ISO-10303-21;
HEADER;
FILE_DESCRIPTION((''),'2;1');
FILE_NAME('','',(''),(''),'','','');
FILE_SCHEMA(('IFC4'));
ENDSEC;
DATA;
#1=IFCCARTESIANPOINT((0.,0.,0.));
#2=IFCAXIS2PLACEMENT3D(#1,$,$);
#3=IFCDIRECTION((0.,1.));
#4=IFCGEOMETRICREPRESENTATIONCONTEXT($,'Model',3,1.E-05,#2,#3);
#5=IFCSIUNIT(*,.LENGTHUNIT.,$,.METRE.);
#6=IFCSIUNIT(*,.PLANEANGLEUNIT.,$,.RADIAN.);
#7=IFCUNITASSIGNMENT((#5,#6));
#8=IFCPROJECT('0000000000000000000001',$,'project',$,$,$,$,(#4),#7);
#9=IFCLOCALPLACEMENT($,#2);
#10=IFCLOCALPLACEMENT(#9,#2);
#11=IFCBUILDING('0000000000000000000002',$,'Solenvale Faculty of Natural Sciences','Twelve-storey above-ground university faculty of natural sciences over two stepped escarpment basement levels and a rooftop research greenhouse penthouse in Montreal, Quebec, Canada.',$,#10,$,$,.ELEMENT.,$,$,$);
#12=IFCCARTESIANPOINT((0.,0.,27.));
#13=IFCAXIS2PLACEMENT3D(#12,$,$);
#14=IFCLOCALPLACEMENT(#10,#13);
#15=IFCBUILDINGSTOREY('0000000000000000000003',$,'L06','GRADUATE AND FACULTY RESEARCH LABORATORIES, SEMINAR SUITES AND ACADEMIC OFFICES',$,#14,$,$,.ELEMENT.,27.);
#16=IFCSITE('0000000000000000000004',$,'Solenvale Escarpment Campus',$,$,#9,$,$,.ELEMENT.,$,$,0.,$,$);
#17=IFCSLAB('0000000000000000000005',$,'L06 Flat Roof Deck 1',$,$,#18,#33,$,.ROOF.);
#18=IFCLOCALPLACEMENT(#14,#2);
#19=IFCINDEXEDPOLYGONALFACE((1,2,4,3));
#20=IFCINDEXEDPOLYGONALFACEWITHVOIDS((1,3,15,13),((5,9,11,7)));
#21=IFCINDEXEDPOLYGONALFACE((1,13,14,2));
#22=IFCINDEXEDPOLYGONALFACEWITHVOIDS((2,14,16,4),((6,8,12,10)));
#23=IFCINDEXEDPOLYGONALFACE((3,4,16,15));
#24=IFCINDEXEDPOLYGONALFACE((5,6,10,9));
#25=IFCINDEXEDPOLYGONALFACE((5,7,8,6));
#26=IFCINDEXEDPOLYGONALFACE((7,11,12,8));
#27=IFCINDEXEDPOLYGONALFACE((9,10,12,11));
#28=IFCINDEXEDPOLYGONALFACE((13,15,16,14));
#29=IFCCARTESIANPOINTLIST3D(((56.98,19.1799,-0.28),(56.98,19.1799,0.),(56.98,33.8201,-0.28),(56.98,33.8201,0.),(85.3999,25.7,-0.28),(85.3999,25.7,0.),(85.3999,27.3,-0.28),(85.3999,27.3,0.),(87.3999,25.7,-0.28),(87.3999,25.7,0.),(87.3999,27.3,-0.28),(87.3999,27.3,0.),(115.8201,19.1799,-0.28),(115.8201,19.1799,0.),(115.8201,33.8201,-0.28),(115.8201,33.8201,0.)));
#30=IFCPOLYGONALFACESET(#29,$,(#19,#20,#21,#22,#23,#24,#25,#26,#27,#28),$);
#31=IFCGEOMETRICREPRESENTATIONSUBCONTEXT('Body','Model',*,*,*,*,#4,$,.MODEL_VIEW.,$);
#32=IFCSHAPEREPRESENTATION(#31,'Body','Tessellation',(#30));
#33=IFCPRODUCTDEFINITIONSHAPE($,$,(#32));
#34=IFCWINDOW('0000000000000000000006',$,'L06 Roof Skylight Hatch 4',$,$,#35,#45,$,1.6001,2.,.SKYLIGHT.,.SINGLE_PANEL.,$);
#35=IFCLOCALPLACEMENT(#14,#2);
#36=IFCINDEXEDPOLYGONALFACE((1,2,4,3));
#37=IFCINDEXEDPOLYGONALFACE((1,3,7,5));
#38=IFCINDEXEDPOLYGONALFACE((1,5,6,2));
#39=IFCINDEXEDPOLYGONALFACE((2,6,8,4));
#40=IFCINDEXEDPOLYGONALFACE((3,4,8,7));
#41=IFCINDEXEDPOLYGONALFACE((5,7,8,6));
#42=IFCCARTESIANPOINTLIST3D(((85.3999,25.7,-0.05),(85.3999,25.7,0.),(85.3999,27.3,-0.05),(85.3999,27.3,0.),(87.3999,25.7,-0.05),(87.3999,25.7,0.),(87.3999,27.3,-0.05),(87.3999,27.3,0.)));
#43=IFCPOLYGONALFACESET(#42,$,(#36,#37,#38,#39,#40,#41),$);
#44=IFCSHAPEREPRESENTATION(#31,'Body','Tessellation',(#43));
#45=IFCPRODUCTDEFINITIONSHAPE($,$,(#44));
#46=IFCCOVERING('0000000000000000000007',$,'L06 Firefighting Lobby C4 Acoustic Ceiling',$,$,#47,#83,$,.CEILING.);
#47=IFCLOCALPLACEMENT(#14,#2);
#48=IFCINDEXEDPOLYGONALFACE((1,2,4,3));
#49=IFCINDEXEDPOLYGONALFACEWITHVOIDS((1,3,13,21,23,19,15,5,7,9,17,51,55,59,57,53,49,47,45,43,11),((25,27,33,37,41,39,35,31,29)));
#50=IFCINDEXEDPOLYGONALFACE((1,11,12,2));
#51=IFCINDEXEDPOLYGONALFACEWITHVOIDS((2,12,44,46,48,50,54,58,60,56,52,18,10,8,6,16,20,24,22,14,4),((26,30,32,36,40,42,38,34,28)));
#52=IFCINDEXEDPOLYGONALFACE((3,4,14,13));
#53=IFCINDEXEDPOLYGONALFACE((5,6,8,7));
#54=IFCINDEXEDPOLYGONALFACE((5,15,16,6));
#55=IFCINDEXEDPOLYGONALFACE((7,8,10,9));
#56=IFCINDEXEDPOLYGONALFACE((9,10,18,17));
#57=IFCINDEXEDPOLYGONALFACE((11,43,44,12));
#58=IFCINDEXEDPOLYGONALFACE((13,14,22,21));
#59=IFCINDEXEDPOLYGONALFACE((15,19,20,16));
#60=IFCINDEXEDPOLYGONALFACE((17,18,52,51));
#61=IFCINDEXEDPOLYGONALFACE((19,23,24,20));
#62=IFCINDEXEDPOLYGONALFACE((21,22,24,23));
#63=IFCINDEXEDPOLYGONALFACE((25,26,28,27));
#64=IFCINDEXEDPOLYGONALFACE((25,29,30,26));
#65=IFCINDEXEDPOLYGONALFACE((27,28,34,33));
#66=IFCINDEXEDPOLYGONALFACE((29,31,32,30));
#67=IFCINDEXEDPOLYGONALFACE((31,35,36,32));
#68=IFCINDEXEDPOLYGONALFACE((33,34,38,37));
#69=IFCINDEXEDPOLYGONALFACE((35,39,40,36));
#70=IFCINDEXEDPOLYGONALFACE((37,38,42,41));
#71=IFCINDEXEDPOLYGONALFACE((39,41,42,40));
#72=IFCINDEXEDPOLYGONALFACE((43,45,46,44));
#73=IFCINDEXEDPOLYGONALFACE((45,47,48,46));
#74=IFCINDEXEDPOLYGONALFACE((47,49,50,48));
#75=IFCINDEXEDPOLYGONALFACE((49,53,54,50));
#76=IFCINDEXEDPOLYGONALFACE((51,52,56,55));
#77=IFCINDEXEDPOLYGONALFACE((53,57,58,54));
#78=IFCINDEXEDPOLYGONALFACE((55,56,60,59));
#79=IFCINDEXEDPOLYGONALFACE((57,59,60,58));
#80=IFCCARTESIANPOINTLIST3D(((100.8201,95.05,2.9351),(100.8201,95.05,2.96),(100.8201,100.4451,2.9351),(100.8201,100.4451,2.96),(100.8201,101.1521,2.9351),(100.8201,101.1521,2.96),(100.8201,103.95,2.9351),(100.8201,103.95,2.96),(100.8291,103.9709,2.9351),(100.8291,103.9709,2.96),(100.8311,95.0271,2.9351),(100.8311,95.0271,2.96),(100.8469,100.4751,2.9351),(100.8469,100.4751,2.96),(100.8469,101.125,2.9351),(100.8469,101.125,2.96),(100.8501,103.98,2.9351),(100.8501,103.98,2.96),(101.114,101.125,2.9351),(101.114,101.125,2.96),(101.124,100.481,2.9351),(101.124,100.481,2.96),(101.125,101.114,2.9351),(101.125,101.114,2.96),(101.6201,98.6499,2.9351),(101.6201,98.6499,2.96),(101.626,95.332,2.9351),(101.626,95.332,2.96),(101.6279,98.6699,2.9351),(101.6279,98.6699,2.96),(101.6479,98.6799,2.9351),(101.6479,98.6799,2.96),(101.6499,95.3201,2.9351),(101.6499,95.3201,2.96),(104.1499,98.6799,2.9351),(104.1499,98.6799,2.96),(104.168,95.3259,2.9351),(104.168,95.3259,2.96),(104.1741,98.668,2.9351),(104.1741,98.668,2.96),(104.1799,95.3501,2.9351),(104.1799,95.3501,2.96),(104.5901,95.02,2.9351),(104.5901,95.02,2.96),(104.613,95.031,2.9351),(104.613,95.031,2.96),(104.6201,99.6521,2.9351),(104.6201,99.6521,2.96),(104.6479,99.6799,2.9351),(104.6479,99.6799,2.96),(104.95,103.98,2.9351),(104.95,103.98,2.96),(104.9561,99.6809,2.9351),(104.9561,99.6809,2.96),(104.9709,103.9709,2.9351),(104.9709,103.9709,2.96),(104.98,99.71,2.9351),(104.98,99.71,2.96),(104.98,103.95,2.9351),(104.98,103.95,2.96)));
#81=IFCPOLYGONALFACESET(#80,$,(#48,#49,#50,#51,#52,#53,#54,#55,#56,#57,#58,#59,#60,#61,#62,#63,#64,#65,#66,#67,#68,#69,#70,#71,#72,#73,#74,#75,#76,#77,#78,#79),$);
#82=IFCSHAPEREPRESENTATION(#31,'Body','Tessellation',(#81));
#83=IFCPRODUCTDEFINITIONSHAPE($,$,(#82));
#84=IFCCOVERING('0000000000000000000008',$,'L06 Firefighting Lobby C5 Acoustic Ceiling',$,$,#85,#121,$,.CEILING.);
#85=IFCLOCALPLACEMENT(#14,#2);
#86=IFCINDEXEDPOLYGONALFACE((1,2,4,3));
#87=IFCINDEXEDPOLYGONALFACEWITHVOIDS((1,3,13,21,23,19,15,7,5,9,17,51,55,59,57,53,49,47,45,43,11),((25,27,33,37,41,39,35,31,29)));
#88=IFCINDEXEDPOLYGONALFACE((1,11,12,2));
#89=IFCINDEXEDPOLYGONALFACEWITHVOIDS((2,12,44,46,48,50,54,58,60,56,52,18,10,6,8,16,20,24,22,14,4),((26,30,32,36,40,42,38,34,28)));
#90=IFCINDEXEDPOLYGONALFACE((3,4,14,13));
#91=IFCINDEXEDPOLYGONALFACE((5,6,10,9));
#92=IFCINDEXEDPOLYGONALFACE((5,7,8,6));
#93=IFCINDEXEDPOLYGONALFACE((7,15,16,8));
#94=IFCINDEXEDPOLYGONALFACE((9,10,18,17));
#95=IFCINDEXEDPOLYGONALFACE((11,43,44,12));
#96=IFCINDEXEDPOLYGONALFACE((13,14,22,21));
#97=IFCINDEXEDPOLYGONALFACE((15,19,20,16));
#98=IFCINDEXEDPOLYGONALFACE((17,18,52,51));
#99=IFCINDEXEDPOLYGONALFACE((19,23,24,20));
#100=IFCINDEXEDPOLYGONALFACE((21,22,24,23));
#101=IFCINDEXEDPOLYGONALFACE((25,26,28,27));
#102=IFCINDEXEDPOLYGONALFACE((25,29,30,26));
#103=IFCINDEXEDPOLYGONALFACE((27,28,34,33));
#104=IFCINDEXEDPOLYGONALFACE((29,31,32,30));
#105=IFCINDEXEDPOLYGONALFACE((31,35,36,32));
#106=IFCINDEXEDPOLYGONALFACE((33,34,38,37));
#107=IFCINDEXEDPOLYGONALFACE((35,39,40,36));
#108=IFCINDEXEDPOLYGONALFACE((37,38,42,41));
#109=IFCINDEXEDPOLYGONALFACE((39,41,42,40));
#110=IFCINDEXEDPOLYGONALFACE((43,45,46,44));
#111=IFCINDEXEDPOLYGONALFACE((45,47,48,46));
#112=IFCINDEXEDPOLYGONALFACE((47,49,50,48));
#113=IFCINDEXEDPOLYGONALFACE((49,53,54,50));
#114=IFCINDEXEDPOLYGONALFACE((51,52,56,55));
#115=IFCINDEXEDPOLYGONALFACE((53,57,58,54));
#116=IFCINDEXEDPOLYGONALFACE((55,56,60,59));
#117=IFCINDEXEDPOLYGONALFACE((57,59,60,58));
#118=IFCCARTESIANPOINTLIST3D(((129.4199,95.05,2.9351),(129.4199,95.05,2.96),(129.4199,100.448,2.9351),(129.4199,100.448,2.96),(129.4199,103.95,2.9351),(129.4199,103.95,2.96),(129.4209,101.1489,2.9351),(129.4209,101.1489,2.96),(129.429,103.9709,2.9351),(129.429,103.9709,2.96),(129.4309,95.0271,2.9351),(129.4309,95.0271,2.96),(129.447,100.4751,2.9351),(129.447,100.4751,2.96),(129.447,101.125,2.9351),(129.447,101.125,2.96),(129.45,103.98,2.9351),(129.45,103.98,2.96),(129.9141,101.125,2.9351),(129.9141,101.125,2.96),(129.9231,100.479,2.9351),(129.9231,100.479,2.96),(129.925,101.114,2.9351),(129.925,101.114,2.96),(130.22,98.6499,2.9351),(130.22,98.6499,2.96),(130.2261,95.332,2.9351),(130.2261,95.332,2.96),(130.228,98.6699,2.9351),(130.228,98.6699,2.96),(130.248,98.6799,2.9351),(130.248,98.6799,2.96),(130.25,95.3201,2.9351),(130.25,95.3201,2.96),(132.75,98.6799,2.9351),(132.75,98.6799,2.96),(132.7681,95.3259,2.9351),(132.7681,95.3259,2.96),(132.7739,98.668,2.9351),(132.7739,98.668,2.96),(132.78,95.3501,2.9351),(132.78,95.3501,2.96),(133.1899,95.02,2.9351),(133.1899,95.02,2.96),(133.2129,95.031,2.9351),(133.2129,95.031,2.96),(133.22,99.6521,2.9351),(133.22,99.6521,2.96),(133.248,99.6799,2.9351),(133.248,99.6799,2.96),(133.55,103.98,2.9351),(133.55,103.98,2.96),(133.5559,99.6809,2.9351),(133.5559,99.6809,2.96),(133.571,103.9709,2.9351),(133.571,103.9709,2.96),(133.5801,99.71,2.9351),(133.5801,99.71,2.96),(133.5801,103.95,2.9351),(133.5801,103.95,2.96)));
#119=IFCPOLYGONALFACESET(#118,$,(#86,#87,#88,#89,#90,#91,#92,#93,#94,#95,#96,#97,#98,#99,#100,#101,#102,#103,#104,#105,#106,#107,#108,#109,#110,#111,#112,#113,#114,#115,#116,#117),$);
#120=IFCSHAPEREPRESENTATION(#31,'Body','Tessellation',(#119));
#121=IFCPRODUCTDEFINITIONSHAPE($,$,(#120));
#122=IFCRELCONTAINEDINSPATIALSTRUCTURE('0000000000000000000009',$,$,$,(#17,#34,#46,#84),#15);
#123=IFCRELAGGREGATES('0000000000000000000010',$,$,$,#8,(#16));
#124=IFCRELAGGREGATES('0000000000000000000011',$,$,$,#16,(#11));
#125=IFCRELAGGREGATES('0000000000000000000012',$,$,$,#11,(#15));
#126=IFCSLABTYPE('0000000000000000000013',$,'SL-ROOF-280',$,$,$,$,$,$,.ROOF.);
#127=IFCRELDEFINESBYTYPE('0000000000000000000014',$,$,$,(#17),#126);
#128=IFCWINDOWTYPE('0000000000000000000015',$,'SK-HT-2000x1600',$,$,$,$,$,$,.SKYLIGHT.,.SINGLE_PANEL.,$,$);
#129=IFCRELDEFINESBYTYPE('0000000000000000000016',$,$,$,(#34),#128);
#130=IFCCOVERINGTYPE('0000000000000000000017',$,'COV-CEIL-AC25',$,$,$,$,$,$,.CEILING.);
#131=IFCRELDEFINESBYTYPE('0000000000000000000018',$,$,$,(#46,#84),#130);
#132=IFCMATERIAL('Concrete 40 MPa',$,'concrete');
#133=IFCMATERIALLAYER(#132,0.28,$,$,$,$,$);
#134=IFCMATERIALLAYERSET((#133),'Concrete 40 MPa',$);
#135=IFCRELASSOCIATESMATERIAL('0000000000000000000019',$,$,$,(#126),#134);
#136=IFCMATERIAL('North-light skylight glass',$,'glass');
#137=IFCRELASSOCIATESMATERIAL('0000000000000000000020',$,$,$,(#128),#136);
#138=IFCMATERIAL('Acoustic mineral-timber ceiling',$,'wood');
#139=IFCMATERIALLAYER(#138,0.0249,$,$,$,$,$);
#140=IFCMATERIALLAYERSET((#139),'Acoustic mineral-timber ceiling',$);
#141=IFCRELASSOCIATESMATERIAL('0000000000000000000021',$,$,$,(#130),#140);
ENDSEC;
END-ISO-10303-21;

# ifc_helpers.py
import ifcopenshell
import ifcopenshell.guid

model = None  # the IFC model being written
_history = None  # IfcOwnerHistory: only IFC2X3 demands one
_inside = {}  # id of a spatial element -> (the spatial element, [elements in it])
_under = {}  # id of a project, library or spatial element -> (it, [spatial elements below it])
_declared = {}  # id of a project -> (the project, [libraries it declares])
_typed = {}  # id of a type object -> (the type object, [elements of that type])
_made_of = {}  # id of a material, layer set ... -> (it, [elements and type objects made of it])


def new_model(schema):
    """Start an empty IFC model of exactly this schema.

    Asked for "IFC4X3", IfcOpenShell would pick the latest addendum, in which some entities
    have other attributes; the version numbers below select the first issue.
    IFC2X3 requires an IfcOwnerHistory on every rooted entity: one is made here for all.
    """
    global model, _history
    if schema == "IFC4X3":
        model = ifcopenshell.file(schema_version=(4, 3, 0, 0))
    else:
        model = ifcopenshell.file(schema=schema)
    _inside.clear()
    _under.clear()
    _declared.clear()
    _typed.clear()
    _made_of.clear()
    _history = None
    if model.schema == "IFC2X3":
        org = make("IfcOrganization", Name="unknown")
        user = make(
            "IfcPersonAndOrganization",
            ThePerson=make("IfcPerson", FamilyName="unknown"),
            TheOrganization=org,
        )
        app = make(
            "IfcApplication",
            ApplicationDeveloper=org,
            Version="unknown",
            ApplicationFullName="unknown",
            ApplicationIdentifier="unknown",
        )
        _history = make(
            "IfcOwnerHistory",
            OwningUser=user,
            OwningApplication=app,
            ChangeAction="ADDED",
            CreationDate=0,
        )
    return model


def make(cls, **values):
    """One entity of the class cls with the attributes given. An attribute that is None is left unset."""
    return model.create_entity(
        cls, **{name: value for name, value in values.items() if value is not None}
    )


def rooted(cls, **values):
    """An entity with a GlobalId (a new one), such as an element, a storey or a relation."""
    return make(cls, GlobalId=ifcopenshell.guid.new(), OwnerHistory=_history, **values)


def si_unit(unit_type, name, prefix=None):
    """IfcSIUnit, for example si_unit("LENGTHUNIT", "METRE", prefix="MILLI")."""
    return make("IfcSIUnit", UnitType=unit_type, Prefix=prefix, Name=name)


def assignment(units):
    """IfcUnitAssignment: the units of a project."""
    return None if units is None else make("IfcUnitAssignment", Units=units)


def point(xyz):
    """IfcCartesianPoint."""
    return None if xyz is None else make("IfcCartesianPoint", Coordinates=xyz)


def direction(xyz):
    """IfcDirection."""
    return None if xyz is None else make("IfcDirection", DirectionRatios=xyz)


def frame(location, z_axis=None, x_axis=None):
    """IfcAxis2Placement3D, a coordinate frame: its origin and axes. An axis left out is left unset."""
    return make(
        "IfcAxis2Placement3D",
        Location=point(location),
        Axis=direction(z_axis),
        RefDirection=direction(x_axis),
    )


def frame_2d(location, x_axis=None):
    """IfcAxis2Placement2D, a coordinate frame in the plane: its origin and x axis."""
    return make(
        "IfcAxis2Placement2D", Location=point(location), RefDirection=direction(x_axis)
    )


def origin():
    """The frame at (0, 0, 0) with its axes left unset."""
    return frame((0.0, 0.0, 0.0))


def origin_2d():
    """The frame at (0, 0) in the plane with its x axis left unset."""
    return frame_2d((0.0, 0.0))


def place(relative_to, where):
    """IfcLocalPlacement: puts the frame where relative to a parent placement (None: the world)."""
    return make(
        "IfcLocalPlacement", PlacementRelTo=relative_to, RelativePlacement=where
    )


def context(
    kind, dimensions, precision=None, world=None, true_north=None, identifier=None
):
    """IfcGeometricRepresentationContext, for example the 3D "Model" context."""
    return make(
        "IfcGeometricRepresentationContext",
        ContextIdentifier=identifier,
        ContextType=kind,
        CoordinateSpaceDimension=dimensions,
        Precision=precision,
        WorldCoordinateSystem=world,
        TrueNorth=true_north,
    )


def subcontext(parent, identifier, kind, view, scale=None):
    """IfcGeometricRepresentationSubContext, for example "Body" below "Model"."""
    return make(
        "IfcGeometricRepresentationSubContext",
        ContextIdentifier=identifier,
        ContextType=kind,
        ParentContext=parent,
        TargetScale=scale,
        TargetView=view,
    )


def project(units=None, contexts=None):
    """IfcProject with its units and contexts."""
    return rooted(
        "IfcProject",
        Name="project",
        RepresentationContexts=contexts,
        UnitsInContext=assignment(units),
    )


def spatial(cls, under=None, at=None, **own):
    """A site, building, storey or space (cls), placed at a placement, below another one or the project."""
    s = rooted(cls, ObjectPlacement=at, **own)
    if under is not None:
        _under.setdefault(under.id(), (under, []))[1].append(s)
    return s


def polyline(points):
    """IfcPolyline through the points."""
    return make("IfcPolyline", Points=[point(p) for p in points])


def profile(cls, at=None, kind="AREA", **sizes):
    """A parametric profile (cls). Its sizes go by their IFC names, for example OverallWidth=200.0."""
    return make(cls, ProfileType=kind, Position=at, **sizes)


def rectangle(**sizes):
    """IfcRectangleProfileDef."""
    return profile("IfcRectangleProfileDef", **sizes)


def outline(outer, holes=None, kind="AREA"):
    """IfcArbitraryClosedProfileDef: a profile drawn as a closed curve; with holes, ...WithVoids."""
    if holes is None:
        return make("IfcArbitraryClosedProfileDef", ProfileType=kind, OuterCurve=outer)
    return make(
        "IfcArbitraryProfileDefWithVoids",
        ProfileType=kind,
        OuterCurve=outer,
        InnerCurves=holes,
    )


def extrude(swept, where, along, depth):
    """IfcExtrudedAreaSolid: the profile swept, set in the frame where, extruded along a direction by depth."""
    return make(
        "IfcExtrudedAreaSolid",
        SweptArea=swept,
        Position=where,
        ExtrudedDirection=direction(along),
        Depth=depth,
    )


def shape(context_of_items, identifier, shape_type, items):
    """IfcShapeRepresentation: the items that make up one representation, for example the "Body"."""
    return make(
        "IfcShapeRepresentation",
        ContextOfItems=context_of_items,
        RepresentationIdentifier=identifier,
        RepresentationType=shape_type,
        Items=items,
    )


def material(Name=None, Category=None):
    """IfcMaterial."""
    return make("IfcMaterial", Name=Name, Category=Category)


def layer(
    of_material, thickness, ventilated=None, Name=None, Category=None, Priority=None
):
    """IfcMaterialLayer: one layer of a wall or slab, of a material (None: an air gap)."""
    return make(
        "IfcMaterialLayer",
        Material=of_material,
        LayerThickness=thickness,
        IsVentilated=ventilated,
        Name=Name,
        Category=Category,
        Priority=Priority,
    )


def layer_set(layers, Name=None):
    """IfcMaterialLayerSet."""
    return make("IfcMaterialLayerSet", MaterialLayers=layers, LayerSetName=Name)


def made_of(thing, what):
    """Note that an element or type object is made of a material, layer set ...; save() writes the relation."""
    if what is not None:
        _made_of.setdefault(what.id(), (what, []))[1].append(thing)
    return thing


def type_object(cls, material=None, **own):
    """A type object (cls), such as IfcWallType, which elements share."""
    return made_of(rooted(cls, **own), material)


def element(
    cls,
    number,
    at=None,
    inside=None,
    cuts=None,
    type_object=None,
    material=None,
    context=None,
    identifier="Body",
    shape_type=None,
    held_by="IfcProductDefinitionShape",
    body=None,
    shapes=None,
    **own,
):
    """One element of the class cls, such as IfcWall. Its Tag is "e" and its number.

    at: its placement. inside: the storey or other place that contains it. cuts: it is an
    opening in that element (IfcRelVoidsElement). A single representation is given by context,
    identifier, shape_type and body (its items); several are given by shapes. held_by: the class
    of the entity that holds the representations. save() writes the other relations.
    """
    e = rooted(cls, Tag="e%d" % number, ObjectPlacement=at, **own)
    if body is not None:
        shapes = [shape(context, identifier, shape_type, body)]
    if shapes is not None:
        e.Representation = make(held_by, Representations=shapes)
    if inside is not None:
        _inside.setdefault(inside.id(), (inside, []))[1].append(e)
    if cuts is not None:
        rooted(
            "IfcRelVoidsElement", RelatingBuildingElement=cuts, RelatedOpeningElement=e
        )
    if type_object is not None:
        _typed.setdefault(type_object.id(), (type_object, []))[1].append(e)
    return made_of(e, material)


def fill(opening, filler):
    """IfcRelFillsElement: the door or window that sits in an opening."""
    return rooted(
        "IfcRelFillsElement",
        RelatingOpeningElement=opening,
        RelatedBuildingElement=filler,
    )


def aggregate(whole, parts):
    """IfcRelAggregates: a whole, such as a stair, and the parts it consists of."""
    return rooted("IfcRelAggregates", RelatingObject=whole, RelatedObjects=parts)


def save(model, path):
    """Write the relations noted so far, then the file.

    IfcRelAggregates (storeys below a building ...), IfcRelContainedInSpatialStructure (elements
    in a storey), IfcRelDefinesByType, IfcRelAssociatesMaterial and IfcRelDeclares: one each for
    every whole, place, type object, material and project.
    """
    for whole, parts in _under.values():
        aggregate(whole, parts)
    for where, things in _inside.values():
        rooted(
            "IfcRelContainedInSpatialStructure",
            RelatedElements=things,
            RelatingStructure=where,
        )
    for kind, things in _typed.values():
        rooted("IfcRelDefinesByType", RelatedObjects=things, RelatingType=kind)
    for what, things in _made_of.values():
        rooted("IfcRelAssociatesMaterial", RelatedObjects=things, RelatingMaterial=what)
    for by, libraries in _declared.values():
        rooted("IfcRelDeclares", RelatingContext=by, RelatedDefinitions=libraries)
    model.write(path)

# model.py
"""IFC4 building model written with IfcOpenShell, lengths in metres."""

from ifc_helpers import new_model, si_unit, direction, frame, origin, origin_2d, place, context, subcontext, project, spatial, polyline, rectangle, outline, extrude, material, layer, layer_set, type_object, element, fill, save


model = new_model("IFC4")

# Units and contexts
model_context = context("Model", 3, precision=1e-05, world=origin(), true_north=direction((0.0, 1.0)))
body_context = subcontext(model_context, "Body", "Model", "MODEL_VIEW")
ifc_project = project(units=[si_unit("LENGTHUNIT", "METRE"), si_unit("PLANEANGLEUNIT", "RADIAN")], contexts=[model_context])

# Site, building, storey
site_placement = place(None, origin())
site = spatial("IfcSite", under=ifc_project, at=site_placement, Name="Solenvale Escarpment Campus", CompositionType="ELEMENT", RefElevation=0.0)
building_placement = place(site_placement, origin())
building = spatial("IfcBuilding", under=site, at=building_placement, Name="Solenvale Faculty of Natural Sciences", Description="Twelve-storey above-ground university faculty of natural sciences over two stepped escarpment basement levels and a rooftop research greenhouse penthouse in Montreal, Quebec, Canada.", CompositionType="ELEMENT")
storey_placement = place(building_placement, frame((0.0, 0.0, 27.0)))
storey = spatial("IfcBuildingStorey", under=building, at=storey_placement, Name="L06", Description="GRADUATE AND FACULTY RESEARCH LABORATORIES, SEMINAR SUITES AND ACADEMIC OFFICES", CompositionType="ELEMENT", Elevation=27.0)

# Shared definitions
ifc_material_1 = material(Name="Concrete 40 MPa", Category="concrete")

# Slab, opening, window
ifc_layer_1 = layer(ifc_material_1, 0.28)
ifc_layer_set_1 = layer_set([ifc_layer_1], Name="Concrete 40 MPa")
slab_type_1 = type_object("IfcSlabType", Name="SL-ROOF-280", PredefinedType="ROOF", material=ifc_layer_set_1)
slab_1_placement = place(storey_placement, frame((0.0, 0.0, -0.28)))
slab_1 = element("IfcSlab", 1, at=slab_1_placement, inside=storey, type_object=slab_type_1, Name="L06 Flat Roof Deck 1", PredefinedType="ROOF", context=body_context, shape_type="SweptSolid", body=[
    extrude(outline(polyline([(115.8201, 19.1799), (56.98, 19.1799), (56.98, 33.8201), (115.8201, 33.8201), (115.8201, 19.1799)])), origin(), (0.0, 0.0, 1.0), 0.28),
])
opening_placement = place(slab_1_placement, frame((86.3999, 26.5, -0.01)))
opening = element("IfcOpeningElement", 2, at=opening_placement, cuts=slab_1, PredefinedType="OPENING", context=body_context, shape_type="SweptSolid", body=[
    extrude(rectangle(XDim=2.0, YDim=1.6001, at=origin_2d()), origin(), (0.0, 0.0, 1.0), 0.3),
])
ifc_material_2 = material(Name="North-light skylight glass", Category="glass")
window_type = type_object("IfcWindowType", Name="SK-HT-2000x1600", PartitioningType="SINGLE_PANEL", PredefinedType="SKYLIGHT", material=ifc_material_2)
window_placement = place(slab_1_placement, frame((86.3999, 26.5, 0.23)))
window = element("IfcWindow", 3, at=window_placement, inside=storey, type_object=window_type, Name="L06 Roof Skylight Hatch 4", OverallHeight=1.6001, OverallWidth=2.0, PartitioningType="SINGLE_PANEL", PredefinedType="SKYLIGHT", context=body_context, shape_type="SweptSolid", body=[
    extrude(rectangle(XDim=2.0, YDim=1.6001, at=origin_2d()), origin(), (0.0, 0.0, 1.0), 0.05),
])
fill(opening, window)

# Coverings
ifc_material_3 = material(Name="Acoustic mineral-timber ceiling", Category="wood")
ifc_layer_2 = layer(ifc_material_3, 0.0249)
ifc_layer_set_2 = layer_set([ifc_layer_2], Name="Acoustic mineral-timber ceiling")
covering_type_1 = type_object("IfcCoveringType", Name="COV-CEIL-AC25", PredefinedType="CEILING", material=ifc_layer_set_2)
covering_1_placement = place(storey_placement, frame((0.0, 0.0, 2.9351)))
element("IfcCovering", 4, at=covering_1_placement, inside=storey, type_object=covering_type_1, Name="L06 Firefighting Lobby C4 Acoustic Ceiling", PredefinedType="CEILING", context=body_context, shape_type="SweptSolid", body=[
    extrude(outline(polyline([(104.98, 99.71), (104.9561, 99.6809), (104.6479, 99.6799), (104.6201, 99.6521), (104.613, 95.031), (104.5901, 95.02), (100.8311, 95.0271), (100.8201, 95.05), (100.8201, 100.4451), (100.8469, 100.4751), (101.124, 100.481), (101.125, 101.114), (101.114, 101.125), (100.8469, 101.125), (100.8201, 101.1521), (100.8201, 103.95), (100.8291, 103.9709), (100.8501, 103.98), (104.95, 103.98), (104.9709, 103.9709), (104.98, 103.95), (104.98, 99.71)]), holes=[polyline([(101.6479, 98.6799), (101.6279, 98.6699), (101.6201, 98.6499), (101.626, 95.332), (101.6499, 95.3201), (104.168, 95.3259), (104.1799, 95.3501), (104.1741, 98.668), (104.1499, 98.6799), (101.6479, 98.6799)])]), origin(), (0.0, 0.0, 1.0), 0.0249),
])
covering_2_placement = place(storey_placement, frame((0.0, 0.0, 2.9351)))
element("IfcCovering", 5, at=covering_2_placement, inside=storey, type_object=covering_type_1, Name="L06 Firefighting Lobby C5 Acoustic Ceiling", PredefinedType="CEILING", context=body_context, shape_type="SweptSolid", body=[
    extrude(outline(polyline([(133.5801, 99.71), (133.5559, 99.6809), (133.248, 99.6799), (133.22, 99.6521), (133.2129, 95.031), (133.1899, 95.02), (129.4309, 95.0271), (129.4199, 95.05), (129.4199, 100.448), (129.447, 100.4751), (129.9231, 100.479), (129.925, 101.114), (129.9141, 101.125), (129.447, 101.125), (129.4209, 101.1489), (129.4199, 103.95), (129.429, 103.9709), (129.45, 103.98), (133.55, 103.98), (133.571, 103.9709), (133.5801, 103.95), (133.5801, 99.71)]), holes=[polyline([(130.248, 98.6799), (130.228, 98.6699), (130.22, 98.6499), (130.2261, 95.332), (130.25, 95.3201), (132.7681, 95.3259), (132.78, 95.3501), (132.7739, 98.668), (132.75, 98.6799), (130.248, 98.6799)])]), origin(), (0.0, 0.0, 1.0), 0.0249),
])

save(model, "model.ifc")
